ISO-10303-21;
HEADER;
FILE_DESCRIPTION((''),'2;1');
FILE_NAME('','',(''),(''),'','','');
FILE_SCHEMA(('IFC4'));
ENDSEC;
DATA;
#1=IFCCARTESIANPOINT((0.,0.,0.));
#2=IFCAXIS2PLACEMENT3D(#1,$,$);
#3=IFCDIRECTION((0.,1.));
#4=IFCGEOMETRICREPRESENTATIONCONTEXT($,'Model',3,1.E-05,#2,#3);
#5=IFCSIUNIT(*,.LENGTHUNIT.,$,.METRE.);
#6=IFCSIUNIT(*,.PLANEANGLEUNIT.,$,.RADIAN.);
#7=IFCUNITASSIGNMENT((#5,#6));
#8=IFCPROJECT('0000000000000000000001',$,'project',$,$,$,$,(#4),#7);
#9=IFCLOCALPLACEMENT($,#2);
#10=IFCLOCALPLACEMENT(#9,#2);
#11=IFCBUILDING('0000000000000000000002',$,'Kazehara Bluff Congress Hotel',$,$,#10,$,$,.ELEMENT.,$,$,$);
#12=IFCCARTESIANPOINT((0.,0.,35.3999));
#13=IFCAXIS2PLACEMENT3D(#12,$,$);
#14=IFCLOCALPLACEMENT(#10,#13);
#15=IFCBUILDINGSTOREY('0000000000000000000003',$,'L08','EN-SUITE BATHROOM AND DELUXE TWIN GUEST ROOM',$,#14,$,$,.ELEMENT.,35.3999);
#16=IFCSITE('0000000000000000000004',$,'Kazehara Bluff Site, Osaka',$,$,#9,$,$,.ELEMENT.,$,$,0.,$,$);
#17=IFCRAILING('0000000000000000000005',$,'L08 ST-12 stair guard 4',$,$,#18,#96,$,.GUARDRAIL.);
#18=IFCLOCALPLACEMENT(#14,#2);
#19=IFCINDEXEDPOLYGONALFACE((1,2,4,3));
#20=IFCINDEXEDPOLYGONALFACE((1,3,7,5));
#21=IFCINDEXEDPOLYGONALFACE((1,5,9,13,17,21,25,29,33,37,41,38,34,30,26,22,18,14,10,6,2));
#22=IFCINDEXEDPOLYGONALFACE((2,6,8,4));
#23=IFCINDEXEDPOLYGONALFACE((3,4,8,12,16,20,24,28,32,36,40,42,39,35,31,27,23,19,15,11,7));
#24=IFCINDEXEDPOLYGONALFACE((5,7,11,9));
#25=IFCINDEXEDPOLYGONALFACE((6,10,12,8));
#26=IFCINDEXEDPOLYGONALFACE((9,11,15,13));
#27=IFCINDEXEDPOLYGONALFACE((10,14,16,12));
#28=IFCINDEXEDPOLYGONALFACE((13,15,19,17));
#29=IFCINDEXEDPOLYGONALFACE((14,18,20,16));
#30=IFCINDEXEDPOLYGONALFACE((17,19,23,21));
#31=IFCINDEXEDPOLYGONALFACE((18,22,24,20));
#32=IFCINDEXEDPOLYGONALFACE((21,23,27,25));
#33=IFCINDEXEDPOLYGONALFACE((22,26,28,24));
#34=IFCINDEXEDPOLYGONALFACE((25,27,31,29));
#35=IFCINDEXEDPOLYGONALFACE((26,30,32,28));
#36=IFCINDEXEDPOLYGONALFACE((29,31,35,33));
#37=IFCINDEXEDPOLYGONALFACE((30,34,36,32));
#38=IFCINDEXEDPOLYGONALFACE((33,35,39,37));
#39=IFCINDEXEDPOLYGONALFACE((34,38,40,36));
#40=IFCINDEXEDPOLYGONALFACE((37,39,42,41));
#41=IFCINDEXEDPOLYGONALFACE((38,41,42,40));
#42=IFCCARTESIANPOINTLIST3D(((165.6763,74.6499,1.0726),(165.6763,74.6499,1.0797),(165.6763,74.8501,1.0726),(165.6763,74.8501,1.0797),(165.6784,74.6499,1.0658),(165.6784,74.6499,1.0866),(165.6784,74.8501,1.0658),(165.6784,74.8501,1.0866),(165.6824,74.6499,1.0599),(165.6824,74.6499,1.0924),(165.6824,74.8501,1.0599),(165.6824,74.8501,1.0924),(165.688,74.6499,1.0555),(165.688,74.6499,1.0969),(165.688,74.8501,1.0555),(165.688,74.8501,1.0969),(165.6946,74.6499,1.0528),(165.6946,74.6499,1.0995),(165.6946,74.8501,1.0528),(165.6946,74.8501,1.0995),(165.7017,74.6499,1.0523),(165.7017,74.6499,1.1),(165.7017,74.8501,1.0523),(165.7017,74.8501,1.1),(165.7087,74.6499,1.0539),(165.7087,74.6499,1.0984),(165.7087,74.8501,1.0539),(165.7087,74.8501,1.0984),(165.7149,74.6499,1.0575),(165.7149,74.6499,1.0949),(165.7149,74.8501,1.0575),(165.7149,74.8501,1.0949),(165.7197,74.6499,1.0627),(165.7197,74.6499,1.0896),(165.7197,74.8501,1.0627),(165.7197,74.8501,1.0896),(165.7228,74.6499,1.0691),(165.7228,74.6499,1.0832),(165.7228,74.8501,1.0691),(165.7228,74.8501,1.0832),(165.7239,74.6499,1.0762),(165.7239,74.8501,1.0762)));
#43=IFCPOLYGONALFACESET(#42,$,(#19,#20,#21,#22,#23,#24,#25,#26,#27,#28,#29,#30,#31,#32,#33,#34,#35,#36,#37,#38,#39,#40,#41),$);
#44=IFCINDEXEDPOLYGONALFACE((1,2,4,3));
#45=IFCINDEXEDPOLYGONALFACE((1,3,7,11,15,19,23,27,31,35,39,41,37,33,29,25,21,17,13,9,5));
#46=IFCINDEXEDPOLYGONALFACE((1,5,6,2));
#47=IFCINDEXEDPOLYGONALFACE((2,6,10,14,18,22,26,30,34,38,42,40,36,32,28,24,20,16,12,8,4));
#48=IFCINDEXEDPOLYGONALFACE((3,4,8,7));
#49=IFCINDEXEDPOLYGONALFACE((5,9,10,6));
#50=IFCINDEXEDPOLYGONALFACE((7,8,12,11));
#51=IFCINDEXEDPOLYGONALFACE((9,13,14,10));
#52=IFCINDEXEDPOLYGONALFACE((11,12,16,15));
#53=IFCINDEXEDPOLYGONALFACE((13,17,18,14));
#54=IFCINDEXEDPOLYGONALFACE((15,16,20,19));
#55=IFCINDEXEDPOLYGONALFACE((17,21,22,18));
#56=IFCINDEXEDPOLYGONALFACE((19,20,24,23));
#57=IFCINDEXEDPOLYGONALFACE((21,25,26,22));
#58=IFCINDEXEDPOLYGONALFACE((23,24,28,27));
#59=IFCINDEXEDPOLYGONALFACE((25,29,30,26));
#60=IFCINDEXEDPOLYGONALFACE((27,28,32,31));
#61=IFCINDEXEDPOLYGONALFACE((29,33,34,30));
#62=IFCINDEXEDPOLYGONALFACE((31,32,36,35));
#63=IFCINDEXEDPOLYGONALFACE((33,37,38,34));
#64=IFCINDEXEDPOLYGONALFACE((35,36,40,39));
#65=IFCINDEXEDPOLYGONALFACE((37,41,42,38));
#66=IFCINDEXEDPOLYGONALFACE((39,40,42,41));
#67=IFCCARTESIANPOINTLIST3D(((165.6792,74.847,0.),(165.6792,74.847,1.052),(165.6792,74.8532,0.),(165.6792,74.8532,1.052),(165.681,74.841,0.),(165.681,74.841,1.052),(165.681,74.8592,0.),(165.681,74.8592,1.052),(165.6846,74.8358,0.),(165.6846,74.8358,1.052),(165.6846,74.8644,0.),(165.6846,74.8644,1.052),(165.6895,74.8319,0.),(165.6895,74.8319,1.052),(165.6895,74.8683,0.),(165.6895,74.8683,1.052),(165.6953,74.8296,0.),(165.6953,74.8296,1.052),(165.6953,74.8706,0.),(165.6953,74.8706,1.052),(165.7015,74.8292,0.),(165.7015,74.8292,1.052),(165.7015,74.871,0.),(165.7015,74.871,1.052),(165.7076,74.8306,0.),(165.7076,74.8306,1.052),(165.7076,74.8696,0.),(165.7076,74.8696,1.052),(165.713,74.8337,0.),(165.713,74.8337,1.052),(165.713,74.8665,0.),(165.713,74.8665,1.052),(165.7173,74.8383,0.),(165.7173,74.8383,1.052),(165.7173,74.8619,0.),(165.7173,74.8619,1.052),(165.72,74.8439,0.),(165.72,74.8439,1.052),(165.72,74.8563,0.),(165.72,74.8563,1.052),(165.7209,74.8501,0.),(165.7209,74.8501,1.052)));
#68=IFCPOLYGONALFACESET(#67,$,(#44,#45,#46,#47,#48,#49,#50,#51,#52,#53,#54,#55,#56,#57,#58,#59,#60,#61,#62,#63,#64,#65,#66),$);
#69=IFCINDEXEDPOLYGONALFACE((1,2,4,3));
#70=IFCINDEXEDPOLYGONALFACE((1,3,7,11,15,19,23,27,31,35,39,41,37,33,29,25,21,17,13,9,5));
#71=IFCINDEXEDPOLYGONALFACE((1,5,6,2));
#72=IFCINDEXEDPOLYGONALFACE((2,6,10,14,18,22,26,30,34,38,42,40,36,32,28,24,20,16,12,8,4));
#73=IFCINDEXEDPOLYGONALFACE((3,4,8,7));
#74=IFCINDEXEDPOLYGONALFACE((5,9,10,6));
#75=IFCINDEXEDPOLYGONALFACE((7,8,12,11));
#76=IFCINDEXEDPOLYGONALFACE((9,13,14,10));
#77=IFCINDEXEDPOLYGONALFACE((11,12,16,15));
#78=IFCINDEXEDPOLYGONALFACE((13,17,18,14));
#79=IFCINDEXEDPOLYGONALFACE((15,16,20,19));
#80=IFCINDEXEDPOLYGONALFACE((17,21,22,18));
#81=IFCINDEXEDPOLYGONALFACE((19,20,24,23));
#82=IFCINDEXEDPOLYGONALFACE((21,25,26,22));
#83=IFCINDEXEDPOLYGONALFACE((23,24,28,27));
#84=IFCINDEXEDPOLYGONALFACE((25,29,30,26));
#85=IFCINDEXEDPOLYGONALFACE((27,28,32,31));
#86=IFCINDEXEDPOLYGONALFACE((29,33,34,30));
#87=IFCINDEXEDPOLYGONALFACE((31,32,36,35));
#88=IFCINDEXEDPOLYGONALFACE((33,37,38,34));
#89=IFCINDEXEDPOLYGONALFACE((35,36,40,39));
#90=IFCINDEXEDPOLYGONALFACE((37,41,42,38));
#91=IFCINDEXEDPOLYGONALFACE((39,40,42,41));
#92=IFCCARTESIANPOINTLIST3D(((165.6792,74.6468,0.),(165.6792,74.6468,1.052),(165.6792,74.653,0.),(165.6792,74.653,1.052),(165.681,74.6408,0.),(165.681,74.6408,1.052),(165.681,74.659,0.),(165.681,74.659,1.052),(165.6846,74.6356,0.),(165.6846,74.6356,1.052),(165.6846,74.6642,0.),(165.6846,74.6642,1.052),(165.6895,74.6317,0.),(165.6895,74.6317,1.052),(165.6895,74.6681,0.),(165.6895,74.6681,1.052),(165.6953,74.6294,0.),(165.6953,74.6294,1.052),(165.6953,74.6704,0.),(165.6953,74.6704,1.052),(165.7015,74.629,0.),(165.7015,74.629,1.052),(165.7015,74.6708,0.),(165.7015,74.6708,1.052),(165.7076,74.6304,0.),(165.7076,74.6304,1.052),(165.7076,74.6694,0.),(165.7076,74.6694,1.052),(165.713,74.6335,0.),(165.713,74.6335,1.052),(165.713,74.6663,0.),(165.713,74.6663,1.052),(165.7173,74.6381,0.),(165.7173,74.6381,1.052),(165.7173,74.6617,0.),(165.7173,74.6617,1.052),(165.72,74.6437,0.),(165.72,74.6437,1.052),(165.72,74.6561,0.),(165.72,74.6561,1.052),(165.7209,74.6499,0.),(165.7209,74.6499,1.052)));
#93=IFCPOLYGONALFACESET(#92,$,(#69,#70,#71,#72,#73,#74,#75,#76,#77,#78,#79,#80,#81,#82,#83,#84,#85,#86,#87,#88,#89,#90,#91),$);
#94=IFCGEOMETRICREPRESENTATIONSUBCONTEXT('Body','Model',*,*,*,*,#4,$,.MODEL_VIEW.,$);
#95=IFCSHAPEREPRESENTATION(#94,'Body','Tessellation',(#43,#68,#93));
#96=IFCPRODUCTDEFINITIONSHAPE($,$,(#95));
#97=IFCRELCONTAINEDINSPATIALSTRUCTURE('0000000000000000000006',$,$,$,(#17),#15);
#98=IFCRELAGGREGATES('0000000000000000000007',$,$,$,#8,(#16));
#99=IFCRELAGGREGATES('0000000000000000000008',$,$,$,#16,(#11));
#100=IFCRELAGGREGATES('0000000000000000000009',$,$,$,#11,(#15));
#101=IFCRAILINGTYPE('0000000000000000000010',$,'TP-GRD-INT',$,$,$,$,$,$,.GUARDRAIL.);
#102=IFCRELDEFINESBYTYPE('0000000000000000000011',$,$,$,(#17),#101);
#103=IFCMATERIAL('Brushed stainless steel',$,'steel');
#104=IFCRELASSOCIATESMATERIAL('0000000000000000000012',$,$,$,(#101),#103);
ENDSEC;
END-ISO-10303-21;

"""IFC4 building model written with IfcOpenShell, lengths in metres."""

from ifc_helpers import new_model, si_unit, direction, frame, origin, origin_2d, place, context, subcontext, project, spatial, circle, extrude, material, type_object, element, save


model = new_model("IFC4")

# Units and contexts
model_context = context("Model", 3, precision=1e-05, world=origin(), true_north=direction((0.0, 1.0)))
body_context = subcontext(model_context, "Body", "Model", "MODEL_VIEW")
ifc_project = project(units=[si_unit("LENGTHUNIT", "METRE"), si_unit("PLANEANGLEUNIT", "RADIAN")], contexts=[model_context])

# Site, building, storey
site_placement = place(None, origin())
site = spatial("IfcSite", under=ifc_project, at=site_placement, Name="Kazehara Bluff Site, Osaka", CompositionType="ELEMENT", RefElevation=0.0)
building_placement = place(site_placement, origin())
building = spatial("IfcBuilding", under=site, at=building_placement, Name="Kazehara Bluff Congress Hotel", CompositionType="ELEMENT")
storey_placement = place(building_placement, frame((0.0, 0.0, 35.3999)))
storey = spatial("IfcBuildingStorey", under=building, at=storey_placement, Name="L08", Description="EN-SUITE BATHROOM AND DELUXE TWIN GUEST ROOM", CompositionType="ELEMENT", Elevation=35.3999)

# Railing
ifc_material_1 = material(Name="Brushed stainless steel", Category="steel")
railing_type_1 = type_object("IfcRailingType", Name="TP-GRD-INT", PredefinedType="GUARDRAIL", material=ifc_material_1)
railing_1_placement = place(storey_placement, frame((165.7, 74.8501, 0.0)))
element("IfcRailing", 1, at=railing_1_placement, inside=storey, type_object=railing_type_1, Name="L08 ST-12 stair guard 4", PredefinedType="GUARDRAIL", context=body_context, shape_type="SweptSolid", body=[
    extrude(circle(Radius=0.0239, at=origin_2d()), frame((0.0, 0.0, 1.0762), z_axis=(0.0, -1.0, 0.0), x_axis=(1.0, 0.0, 0.0)), (0.0, 0.0, 1.0), 0.2002),
    extrude(circle(Radius=0.021, at=origin_2d()), origin(), (0.0, 0.0, 1.0), 1.052),
    extrude(circle(Radius=0.021, at=origin_2d()), frame((0.0, -0.2002, 0.0)), (0.0, 0.0, 1.0), 1.052),
])

save(model, "model.ifc")
